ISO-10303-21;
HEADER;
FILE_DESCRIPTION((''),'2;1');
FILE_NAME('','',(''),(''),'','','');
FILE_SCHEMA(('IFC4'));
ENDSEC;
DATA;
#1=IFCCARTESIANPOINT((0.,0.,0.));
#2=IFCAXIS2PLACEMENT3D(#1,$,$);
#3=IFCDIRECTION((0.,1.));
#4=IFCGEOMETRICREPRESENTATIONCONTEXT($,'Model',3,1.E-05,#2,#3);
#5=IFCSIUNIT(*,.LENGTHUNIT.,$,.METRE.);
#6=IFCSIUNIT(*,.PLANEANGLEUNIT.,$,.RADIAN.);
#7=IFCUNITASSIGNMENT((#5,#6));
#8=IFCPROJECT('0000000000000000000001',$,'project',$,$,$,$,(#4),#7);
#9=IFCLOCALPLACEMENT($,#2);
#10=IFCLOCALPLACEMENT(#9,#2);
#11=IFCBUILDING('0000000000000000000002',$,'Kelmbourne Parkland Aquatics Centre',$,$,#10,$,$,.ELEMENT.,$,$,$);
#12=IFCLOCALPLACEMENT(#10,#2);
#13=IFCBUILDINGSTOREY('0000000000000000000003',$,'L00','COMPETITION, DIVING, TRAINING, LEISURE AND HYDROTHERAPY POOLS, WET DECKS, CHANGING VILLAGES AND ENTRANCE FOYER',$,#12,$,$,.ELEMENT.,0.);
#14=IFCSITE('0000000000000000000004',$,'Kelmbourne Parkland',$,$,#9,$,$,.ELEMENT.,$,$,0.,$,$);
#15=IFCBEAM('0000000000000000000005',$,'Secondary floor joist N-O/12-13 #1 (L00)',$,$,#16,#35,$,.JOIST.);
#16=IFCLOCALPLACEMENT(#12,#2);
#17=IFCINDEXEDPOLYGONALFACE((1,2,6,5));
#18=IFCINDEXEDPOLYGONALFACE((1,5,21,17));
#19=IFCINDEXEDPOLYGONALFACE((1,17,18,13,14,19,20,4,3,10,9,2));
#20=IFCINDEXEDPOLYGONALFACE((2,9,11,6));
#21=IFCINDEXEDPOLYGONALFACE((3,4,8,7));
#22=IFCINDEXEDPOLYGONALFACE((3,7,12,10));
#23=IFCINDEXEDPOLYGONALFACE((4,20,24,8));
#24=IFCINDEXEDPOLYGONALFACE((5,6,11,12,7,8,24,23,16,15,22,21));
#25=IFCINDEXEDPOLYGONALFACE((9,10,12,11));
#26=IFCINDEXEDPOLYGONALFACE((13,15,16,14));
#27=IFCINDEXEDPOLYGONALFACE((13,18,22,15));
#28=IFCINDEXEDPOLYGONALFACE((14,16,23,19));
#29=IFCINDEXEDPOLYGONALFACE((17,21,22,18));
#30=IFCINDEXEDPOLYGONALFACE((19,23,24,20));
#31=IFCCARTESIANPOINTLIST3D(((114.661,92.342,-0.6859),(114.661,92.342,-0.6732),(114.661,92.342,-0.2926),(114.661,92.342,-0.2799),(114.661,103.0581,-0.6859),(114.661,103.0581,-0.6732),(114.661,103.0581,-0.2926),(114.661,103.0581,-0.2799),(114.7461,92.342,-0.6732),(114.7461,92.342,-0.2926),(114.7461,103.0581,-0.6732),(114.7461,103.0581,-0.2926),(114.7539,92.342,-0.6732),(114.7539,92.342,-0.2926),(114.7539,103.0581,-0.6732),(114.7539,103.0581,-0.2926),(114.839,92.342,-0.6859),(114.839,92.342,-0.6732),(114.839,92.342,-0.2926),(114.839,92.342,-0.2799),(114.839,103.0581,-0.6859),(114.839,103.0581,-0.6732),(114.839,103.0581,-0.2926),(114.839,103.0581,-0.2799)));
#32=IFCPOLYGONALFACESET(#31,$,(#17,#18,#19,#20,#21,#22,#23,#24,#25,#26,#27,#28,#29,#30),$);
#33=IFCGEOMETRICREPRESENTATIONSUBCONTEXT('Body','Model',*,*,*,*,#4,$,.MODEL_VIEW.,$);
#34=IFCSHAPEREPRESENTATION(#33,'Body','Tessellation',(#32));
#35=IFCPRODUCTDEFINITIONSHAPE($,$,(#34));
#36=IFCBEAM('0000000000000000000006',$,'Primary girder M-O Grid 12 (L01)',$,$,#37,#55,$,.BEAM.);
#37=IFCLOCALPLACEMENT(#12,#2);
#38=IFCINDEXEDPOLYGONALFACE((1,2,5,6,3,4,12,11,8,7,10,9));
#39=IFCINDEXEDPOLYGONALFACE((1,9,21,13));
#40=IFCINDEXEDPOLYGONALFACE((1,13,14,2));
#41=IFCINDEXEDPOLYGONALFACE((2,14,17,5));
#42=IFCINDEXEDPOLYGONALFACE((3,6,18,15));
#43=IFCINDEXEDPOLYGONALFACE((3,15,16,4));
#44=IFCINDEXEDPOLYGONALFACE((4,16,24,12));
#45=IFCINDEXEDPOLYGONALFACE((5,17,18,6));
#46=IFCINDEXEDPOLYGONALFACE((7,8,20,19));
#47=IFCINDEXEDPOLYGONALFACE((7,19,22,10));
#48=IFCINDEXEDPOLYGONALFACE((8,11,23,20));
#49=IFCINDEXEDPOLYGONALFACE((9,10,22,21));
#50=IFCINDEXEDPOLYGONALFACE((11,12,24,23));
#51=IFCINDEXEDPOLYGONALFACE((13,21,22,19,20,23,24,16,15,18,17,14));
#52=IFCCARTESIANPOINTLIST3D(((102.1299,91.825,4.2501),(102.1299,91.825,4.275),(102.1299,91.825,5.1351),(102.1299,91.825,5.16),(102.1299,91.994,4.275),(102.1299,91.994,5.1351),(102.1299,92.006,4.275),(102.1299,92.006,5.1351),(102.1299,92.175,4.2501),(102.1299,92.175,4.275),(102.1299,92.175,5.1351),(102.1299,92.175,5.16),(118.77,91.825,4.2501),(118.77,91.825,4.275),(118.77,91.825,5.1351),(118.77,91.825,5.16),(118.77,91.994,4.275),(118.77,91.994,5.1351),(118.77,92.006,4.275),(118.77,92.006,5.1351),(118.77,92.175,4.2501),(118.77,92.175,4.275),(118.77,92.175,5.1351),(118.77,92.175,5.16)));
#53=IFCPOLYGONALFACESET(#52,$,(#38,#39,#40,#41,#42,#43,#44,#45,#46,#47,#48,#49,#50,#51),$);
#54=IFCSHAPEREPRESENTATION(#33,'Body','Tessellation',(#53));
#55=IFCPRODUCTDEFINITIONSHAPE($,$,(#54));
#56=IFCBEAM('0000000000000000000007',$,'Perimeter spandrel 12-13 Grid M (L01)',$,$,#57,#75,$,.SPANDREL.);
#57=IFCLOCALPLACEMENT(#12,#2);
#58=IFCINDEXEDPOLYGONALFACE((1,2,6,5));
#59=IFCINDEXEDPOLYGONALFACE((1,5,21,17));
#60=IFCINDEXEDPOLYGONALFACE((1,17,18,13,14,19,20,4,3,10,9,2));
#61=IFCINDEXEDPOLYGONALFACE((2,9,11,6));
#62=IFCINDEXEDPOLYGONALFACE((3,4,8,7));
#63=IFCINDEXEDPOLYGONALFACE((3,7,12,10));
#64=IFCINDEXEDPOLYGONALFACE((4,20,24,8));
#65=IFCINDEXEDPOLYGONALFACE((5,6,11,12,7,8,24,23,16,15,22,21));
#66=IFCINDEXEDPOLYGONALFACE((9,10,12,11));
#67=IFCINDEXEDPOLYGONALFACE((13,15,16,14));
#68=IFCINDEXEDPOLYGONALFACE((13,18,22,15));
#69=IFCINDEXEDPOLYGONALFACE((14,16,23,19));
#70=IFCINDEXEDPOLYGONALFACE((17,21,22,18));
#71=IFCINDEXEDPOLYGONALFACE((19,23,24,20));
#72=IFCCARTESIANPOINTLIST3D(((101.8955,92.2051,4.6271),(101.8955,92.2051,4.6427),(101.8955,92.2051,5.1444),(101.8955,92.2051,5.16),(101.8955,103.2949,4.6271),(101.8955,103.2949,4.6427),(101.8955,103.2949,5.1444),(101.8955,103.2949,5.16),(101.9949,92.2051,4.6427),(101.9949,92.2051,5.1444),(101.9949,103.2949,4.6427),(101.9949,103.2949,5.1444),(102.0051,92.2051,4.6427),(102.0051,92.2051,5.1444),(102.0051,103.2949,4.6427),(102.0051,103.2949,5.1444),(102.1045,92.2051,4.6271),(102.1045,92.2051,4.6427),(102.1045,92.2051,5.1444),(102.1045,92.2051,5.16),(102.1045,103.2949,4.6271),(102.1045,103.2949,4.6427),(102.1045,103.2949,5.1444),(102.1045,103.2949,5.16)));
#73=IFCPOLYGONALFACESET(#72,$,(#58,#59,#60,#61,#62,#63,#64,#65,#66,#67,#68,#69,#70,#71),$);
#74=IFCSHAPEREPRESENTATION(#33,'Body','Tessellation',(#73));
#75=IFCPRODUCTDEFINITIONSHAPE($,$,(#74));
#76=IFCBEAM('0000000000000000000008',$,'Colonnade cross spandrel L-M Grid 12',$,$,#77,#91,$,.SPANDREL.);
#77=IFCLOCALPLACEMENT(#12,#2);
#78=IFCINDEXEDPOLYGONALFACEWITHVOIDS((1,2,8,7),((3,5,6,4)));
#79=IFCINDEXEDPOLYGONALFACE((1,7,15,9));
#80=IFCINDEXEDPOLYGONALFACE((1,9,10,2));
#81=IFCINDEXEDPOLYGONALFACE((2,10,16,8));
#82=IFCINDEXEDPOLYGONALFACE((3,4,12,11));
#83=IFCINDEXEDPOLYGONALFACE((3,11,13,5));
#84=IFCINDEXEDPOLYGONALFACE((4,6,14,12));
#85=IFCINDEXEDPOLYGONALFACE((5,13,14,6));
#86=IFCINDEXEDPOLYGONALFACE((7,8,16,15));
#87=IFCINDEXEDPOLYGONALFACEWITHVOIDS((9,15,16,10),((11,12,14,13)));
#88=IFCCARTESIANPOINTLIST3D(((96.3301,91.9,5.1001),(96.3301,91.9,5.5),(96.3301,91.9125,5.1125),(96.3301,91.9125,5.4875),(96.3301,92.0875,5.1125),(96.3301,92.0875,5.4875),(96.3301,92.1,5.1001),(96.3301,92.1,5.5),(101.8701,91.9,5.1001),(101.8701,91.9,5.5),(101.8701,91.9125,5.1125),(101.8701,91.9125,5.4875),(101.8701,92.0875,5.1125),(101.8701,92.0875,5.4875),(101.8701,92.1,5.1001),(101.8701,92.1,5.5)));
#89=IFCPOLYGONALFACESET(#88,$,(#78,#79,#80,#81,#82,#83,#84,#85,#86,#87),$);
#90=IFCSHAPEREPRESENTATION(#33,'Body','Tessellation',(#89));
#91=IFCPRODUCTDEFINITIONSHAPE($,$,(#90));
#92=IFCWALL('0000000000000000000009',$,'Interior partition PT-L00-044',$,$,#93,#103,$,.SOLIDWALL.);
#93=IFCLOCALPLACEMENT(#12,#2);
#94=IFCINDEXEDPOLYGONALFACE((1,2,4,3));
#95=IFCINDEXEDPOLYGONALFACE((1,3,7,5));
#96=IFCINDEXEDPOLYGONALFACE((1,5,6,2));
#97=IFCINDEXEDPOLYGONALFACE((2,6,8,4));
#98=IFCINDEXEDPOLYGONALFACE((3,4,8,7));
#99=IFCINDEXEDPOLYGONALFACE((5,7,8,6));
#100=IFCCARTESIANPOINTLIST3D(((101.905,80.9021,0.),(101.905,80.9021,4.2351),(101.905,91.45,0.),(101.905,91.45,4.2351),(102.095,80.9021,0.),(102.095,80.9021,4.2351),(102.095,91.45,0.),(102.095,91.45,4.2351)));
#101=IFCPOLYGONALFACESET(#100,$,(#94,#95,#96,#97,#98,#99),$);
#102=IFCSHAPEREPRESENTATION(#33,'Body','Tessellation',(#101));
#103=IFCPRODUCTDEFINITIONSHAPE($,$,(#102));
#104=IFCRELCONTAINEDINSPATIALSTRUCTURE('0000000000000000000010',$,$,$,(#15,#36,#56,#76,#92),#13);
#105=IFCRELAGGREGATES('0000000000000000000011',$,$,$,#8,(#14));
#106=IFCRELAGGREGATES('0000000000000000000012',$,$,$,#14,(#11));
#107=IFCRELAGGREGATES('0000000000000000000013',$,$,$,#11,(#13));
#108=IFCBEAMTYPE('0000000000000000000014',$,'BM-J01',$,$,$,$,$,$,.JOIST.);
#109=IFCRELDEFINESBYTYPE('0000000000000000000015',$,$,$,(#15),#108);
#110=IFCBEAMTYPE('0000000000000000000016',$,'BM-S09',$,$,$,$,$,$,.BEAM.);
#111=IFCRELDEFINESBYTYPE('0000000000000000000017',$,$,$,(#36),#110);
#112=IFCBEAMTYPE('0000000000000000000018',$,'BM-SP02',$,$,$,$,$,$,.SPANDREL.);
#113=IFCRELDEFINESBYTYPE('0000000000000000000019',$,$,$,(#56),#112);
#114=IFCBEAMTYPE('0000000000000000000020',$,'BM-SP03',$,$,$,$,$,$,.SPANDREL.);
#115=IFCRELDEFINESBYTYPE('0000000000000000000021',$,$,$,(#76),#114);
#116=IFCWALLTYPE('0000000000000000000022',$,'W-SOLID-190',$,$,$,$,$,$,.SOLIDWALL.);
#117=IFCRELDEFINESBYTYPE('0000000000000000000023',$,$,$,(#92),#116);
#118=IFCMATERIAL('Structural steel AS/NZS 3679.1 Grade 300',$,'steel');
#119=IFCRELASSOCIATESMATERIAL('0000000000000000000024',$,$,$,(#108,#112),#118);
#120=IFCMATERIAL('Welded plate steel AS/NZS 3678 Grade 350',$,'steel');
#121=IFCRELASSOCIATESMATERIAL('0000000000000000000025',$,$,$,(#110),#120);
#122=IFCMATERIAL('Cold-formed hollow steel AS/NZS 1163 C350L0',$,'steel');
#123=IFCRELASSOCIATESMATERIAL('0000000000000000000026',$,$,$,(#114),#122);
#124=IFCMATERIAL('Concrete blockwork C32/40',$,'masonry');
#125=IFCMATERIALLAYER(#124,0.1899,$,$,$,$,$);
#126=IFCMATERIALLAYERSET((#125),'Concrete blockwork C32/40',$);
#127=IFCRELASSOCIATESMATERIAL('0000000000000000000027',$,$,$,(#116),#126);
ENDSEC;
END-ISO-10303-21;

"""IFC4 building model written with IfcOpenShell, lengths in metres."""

from ifc_helpers import new_model, si_unit, direction, frame, frame_2d, origin, origin_2d, place, context, subcontext, project, spatial, rectangle, hollow_rectangle, i_section, extrude, material, layer, layer_set, material_profile, profile_set, type_object, element, save


model = new_model("IFC4")

# Units and contexts
model_context = context("Model", 3, precision=1e-05, world=origin(), true_north=direction((0.0, 1.0)))
body_context = subcontext(model_context, "Body", "Model", "MODEL_VIEW")
ifc_project = project(units=[si_unit("LENGTHUNIT", "METRE"), si_unit("PLANEANGLEUNIT", "RADIAN")], contexts=[model_context])

# Site, building, storey
site_placement = place(None, origin())
site = spatial("IfcSite", under=ifc_project, at=site_placement, Name="Kelmbourne Parkland", CompositionType="ELEMENT", RefElevation=0.0)
building_placement = place(site_placement, origin())
building = spatial("IfcBuilding", under=site, at=building_placement, Name="Kelmbourne Parkland Aquatics Centre", CompositionType="ELEMENT")
storey_placement = place(building_placement, origin())
storey = spatial("IfcBuildingStorey", under=building, at=storey_placement, Name="L00", Description="COMPETITION, DIVING, TRAINING, LEISURE AND HYDROTHERAPY POOLS, WET DECKS, CHANGING VILLAGES AND ENTRANCE FOYER", CompositionType="ELEMENT", Elevation=0.0)

# Beams
ifc_material_1 = material(Name="Structural steel AS/NZS 3679.1 Grade 300", Category="steel")
ifc_material_profile_1 = material_profile(ifc_material_1, i_section(OverallWidth=0.178, OverallDepth=0.406, WebThickness=0.0078, FlangeThickness=0.0127, at=origin_2d()), Name="410UB59.7")
ifc_profile_set_1 = profile_set([ifc_material_profile_1], Name="Structural steel AS/NZS 3679.1 Grade 300")
beam_type_1 = type_object("IfcBeamType", Name="BM-J01", PredefinedType="JOIST", material=ifc_profile_set_1)
for number, where, z_axis, x_axis, name in (
    (1, (114.75, 92.342, -0.4829), (0.0, 1.0, 0.0), (-1.0, 0.0, 0.0), "Secondary floor joist N-O/12-13 #1 (L00)"),
):
    element("IfcBeam", number, at=place(storey_placement, frame(where, z_axis=z_axis, x_axis=x_axis)), inside=storey, type_object=beam_type_1, Name=name, PredefinedType="JOIST", context=body_context, shape_type="SweptSolid", body=[
        extrude(i_section(OverallWidth=0.178, OverallDepth=0.406, WebThickness=0.0078, FlangeThickness=0.0127, at=origin_2d()), origin(), (0.0, 0.0, 1.0), 10.7161),
    ])
ifc_material_2 = material(Name="Welded plate steel AS/NZS 3678 Grade 350", Category="steel")
ifc_material_profile_2 = material_profile(ifc_material_2, i_section(OverallWidth=0.3501, OverallDepth=0.9099, WebThickness=0.012, FlangeThickness=0.0249, at=origin_2d()), Name="900WB218")
ifc_profile_set_2 = profile_set([ifc_material_profile_2], Name="Welded plate steel AS/NZS 3678 Grade 350")
beam_type_2 = type_object("IfcBeamType", Name="BM-S09", PredefinedType="BEAM", material=ifc_profile_set_2)
beam_1_placement = place(storey_placement, frame((102.1299, 92.0, 4.7051), z_axis=(1.0, 0.0, 0.0), x_axis=(0.0, 1.0, 0.0)))
element("IfcBeam", 2, at=beam_1_placement, inside=storey, type_object=beam_type_2, Name="Primary girder M-O Grid 12 (L01)", PredefinedType="BEAM", context=body_context, shape_type="SweptSolid", body=[
    extrude(i_section(OverallWidth=0.3501, OverallDepth=0.9099, WebThickness=0.012, FlangeThickness=0.0249, at=origin_2d()), origin(), (0.0, 0.0, 1.0), 16.6401),
])
ifc_material_profile_3 = material_profile(ifc_material_1, i_section(OverallWidth=0.209, OverallDepth=0.533, WebThickness=0.0103, FlangeThickness=0.0156, at=origin_2d()), Name="530UB92.4")
ifc_profile_set_3 = profile_set([ifc_material_profile_3], Name="Structural steel AS/NZS 3679.1 Grade 300")
beam_type_3 = type_object("IfcBeamType", Name="BM-SP02", PredefinedType="SPANDREL", material=ifc_profile_set_3)
beam_2_placement = place(storey_placement, frame((102.0, 92.2051, 4.8936), z_axis=(0.0, 1.0, 0.0), x_axis=(-1.0, 0.0, 0.0)))
element("IfcBeam", 3, at=beam_2_placement, inside=storey, type_object=beam_type_3, Name="Perimeter spandrel 12-13 Grid M (L01)", PredefinedType="SPANDREL", context=body_context, shape_type="SweptSolid", body=[
    extrude(i_section(OverallWidth=0.209, OverallDepth=0.533, WebThickness=0.0103, FlangeThickness=0.0156, at=origin_2d()), origin(), (0.0, 0.0, 1.0), 11.0898),
])
ifc_material_3 = material(Name="Cold-formed hollow steel AS/NZS 1163 C350L0", Category="steel")
ifc_material_profile_4 = material_profile(ifc_material_3, hollow_rectangle(XDim=0.2, YDim=0.3999, WallThickness=0.0125, at=origin_2d()), Name="RHS 400x200x12.5")
ifc_profile_set_4 = profile_set([ifc_material_profile_4], Name="Cold-formed hollow steel AS/NZS 1163 C350L0")
beam_type_4 = type_object("IfcBeamType", Name="BM-SP03", PredefinedType="SPANDREL", material=ifc_profile_set_4)
beam_3_placement = place(storey_placement, frame((96.3301, 92.0, 5.3), z_axis=(1.0, 0.0, 0.0), x_axis=(0.0, 1.0, 0.0)))
element("IfcBeam", 4, at=beam_3_placement, inside=storey, type_object=beam_type_4, Name="Colonnade cross spandrel L-M Grid 12", PredefinedType="SPANDREL", context=body_context, shape_type="SweptSolid", body=[
    extrude(hollow_rectangle(XDim=0.2, YDim=0.3999, WallThickness=0.0125, at=origin_2d()), origin(), (0.0, 0.0, 1.0), 5.54),
])

# Wall
ifc_material_4 = material(Name="Concrete blockwork C32/40", Category="masonry")
ifc_layer_1 = layer(ifc_material_4, 0.1899)
ifc_layer_set_1 = layer_set([ifc_layer_1], Name="Concrete blockwork C32/40")
wall_type_1 = type_object("IfcWallType", Name="W-SOLID-190", PredefinedType="SOLIDWALL", material=ifc_layer_set_1)
wall_1_placement = place(storey_placement, frame((102.0, 80.9021, 0.0), z_axis=(0.0, 0.0, 1.0), x_axis=(0.0, 1.0, 0.0)))
element("IfcWall", 5, at=wall_1_placement, inside=storey, type_object=wall_type_1, Name="Interior partition PT-L00-044", PredefinedType="SOLIDWALL", context=body_context, shape_type="SweptSolid", body=[
    extrude(rectangle(XDim=10.5479, YDim=0.1899, at=frame_2d((5.2739, 0.0))), origin(), (0.0, 0.0, 1.0), 4.2351),
])

save(model, "model.ifc")
